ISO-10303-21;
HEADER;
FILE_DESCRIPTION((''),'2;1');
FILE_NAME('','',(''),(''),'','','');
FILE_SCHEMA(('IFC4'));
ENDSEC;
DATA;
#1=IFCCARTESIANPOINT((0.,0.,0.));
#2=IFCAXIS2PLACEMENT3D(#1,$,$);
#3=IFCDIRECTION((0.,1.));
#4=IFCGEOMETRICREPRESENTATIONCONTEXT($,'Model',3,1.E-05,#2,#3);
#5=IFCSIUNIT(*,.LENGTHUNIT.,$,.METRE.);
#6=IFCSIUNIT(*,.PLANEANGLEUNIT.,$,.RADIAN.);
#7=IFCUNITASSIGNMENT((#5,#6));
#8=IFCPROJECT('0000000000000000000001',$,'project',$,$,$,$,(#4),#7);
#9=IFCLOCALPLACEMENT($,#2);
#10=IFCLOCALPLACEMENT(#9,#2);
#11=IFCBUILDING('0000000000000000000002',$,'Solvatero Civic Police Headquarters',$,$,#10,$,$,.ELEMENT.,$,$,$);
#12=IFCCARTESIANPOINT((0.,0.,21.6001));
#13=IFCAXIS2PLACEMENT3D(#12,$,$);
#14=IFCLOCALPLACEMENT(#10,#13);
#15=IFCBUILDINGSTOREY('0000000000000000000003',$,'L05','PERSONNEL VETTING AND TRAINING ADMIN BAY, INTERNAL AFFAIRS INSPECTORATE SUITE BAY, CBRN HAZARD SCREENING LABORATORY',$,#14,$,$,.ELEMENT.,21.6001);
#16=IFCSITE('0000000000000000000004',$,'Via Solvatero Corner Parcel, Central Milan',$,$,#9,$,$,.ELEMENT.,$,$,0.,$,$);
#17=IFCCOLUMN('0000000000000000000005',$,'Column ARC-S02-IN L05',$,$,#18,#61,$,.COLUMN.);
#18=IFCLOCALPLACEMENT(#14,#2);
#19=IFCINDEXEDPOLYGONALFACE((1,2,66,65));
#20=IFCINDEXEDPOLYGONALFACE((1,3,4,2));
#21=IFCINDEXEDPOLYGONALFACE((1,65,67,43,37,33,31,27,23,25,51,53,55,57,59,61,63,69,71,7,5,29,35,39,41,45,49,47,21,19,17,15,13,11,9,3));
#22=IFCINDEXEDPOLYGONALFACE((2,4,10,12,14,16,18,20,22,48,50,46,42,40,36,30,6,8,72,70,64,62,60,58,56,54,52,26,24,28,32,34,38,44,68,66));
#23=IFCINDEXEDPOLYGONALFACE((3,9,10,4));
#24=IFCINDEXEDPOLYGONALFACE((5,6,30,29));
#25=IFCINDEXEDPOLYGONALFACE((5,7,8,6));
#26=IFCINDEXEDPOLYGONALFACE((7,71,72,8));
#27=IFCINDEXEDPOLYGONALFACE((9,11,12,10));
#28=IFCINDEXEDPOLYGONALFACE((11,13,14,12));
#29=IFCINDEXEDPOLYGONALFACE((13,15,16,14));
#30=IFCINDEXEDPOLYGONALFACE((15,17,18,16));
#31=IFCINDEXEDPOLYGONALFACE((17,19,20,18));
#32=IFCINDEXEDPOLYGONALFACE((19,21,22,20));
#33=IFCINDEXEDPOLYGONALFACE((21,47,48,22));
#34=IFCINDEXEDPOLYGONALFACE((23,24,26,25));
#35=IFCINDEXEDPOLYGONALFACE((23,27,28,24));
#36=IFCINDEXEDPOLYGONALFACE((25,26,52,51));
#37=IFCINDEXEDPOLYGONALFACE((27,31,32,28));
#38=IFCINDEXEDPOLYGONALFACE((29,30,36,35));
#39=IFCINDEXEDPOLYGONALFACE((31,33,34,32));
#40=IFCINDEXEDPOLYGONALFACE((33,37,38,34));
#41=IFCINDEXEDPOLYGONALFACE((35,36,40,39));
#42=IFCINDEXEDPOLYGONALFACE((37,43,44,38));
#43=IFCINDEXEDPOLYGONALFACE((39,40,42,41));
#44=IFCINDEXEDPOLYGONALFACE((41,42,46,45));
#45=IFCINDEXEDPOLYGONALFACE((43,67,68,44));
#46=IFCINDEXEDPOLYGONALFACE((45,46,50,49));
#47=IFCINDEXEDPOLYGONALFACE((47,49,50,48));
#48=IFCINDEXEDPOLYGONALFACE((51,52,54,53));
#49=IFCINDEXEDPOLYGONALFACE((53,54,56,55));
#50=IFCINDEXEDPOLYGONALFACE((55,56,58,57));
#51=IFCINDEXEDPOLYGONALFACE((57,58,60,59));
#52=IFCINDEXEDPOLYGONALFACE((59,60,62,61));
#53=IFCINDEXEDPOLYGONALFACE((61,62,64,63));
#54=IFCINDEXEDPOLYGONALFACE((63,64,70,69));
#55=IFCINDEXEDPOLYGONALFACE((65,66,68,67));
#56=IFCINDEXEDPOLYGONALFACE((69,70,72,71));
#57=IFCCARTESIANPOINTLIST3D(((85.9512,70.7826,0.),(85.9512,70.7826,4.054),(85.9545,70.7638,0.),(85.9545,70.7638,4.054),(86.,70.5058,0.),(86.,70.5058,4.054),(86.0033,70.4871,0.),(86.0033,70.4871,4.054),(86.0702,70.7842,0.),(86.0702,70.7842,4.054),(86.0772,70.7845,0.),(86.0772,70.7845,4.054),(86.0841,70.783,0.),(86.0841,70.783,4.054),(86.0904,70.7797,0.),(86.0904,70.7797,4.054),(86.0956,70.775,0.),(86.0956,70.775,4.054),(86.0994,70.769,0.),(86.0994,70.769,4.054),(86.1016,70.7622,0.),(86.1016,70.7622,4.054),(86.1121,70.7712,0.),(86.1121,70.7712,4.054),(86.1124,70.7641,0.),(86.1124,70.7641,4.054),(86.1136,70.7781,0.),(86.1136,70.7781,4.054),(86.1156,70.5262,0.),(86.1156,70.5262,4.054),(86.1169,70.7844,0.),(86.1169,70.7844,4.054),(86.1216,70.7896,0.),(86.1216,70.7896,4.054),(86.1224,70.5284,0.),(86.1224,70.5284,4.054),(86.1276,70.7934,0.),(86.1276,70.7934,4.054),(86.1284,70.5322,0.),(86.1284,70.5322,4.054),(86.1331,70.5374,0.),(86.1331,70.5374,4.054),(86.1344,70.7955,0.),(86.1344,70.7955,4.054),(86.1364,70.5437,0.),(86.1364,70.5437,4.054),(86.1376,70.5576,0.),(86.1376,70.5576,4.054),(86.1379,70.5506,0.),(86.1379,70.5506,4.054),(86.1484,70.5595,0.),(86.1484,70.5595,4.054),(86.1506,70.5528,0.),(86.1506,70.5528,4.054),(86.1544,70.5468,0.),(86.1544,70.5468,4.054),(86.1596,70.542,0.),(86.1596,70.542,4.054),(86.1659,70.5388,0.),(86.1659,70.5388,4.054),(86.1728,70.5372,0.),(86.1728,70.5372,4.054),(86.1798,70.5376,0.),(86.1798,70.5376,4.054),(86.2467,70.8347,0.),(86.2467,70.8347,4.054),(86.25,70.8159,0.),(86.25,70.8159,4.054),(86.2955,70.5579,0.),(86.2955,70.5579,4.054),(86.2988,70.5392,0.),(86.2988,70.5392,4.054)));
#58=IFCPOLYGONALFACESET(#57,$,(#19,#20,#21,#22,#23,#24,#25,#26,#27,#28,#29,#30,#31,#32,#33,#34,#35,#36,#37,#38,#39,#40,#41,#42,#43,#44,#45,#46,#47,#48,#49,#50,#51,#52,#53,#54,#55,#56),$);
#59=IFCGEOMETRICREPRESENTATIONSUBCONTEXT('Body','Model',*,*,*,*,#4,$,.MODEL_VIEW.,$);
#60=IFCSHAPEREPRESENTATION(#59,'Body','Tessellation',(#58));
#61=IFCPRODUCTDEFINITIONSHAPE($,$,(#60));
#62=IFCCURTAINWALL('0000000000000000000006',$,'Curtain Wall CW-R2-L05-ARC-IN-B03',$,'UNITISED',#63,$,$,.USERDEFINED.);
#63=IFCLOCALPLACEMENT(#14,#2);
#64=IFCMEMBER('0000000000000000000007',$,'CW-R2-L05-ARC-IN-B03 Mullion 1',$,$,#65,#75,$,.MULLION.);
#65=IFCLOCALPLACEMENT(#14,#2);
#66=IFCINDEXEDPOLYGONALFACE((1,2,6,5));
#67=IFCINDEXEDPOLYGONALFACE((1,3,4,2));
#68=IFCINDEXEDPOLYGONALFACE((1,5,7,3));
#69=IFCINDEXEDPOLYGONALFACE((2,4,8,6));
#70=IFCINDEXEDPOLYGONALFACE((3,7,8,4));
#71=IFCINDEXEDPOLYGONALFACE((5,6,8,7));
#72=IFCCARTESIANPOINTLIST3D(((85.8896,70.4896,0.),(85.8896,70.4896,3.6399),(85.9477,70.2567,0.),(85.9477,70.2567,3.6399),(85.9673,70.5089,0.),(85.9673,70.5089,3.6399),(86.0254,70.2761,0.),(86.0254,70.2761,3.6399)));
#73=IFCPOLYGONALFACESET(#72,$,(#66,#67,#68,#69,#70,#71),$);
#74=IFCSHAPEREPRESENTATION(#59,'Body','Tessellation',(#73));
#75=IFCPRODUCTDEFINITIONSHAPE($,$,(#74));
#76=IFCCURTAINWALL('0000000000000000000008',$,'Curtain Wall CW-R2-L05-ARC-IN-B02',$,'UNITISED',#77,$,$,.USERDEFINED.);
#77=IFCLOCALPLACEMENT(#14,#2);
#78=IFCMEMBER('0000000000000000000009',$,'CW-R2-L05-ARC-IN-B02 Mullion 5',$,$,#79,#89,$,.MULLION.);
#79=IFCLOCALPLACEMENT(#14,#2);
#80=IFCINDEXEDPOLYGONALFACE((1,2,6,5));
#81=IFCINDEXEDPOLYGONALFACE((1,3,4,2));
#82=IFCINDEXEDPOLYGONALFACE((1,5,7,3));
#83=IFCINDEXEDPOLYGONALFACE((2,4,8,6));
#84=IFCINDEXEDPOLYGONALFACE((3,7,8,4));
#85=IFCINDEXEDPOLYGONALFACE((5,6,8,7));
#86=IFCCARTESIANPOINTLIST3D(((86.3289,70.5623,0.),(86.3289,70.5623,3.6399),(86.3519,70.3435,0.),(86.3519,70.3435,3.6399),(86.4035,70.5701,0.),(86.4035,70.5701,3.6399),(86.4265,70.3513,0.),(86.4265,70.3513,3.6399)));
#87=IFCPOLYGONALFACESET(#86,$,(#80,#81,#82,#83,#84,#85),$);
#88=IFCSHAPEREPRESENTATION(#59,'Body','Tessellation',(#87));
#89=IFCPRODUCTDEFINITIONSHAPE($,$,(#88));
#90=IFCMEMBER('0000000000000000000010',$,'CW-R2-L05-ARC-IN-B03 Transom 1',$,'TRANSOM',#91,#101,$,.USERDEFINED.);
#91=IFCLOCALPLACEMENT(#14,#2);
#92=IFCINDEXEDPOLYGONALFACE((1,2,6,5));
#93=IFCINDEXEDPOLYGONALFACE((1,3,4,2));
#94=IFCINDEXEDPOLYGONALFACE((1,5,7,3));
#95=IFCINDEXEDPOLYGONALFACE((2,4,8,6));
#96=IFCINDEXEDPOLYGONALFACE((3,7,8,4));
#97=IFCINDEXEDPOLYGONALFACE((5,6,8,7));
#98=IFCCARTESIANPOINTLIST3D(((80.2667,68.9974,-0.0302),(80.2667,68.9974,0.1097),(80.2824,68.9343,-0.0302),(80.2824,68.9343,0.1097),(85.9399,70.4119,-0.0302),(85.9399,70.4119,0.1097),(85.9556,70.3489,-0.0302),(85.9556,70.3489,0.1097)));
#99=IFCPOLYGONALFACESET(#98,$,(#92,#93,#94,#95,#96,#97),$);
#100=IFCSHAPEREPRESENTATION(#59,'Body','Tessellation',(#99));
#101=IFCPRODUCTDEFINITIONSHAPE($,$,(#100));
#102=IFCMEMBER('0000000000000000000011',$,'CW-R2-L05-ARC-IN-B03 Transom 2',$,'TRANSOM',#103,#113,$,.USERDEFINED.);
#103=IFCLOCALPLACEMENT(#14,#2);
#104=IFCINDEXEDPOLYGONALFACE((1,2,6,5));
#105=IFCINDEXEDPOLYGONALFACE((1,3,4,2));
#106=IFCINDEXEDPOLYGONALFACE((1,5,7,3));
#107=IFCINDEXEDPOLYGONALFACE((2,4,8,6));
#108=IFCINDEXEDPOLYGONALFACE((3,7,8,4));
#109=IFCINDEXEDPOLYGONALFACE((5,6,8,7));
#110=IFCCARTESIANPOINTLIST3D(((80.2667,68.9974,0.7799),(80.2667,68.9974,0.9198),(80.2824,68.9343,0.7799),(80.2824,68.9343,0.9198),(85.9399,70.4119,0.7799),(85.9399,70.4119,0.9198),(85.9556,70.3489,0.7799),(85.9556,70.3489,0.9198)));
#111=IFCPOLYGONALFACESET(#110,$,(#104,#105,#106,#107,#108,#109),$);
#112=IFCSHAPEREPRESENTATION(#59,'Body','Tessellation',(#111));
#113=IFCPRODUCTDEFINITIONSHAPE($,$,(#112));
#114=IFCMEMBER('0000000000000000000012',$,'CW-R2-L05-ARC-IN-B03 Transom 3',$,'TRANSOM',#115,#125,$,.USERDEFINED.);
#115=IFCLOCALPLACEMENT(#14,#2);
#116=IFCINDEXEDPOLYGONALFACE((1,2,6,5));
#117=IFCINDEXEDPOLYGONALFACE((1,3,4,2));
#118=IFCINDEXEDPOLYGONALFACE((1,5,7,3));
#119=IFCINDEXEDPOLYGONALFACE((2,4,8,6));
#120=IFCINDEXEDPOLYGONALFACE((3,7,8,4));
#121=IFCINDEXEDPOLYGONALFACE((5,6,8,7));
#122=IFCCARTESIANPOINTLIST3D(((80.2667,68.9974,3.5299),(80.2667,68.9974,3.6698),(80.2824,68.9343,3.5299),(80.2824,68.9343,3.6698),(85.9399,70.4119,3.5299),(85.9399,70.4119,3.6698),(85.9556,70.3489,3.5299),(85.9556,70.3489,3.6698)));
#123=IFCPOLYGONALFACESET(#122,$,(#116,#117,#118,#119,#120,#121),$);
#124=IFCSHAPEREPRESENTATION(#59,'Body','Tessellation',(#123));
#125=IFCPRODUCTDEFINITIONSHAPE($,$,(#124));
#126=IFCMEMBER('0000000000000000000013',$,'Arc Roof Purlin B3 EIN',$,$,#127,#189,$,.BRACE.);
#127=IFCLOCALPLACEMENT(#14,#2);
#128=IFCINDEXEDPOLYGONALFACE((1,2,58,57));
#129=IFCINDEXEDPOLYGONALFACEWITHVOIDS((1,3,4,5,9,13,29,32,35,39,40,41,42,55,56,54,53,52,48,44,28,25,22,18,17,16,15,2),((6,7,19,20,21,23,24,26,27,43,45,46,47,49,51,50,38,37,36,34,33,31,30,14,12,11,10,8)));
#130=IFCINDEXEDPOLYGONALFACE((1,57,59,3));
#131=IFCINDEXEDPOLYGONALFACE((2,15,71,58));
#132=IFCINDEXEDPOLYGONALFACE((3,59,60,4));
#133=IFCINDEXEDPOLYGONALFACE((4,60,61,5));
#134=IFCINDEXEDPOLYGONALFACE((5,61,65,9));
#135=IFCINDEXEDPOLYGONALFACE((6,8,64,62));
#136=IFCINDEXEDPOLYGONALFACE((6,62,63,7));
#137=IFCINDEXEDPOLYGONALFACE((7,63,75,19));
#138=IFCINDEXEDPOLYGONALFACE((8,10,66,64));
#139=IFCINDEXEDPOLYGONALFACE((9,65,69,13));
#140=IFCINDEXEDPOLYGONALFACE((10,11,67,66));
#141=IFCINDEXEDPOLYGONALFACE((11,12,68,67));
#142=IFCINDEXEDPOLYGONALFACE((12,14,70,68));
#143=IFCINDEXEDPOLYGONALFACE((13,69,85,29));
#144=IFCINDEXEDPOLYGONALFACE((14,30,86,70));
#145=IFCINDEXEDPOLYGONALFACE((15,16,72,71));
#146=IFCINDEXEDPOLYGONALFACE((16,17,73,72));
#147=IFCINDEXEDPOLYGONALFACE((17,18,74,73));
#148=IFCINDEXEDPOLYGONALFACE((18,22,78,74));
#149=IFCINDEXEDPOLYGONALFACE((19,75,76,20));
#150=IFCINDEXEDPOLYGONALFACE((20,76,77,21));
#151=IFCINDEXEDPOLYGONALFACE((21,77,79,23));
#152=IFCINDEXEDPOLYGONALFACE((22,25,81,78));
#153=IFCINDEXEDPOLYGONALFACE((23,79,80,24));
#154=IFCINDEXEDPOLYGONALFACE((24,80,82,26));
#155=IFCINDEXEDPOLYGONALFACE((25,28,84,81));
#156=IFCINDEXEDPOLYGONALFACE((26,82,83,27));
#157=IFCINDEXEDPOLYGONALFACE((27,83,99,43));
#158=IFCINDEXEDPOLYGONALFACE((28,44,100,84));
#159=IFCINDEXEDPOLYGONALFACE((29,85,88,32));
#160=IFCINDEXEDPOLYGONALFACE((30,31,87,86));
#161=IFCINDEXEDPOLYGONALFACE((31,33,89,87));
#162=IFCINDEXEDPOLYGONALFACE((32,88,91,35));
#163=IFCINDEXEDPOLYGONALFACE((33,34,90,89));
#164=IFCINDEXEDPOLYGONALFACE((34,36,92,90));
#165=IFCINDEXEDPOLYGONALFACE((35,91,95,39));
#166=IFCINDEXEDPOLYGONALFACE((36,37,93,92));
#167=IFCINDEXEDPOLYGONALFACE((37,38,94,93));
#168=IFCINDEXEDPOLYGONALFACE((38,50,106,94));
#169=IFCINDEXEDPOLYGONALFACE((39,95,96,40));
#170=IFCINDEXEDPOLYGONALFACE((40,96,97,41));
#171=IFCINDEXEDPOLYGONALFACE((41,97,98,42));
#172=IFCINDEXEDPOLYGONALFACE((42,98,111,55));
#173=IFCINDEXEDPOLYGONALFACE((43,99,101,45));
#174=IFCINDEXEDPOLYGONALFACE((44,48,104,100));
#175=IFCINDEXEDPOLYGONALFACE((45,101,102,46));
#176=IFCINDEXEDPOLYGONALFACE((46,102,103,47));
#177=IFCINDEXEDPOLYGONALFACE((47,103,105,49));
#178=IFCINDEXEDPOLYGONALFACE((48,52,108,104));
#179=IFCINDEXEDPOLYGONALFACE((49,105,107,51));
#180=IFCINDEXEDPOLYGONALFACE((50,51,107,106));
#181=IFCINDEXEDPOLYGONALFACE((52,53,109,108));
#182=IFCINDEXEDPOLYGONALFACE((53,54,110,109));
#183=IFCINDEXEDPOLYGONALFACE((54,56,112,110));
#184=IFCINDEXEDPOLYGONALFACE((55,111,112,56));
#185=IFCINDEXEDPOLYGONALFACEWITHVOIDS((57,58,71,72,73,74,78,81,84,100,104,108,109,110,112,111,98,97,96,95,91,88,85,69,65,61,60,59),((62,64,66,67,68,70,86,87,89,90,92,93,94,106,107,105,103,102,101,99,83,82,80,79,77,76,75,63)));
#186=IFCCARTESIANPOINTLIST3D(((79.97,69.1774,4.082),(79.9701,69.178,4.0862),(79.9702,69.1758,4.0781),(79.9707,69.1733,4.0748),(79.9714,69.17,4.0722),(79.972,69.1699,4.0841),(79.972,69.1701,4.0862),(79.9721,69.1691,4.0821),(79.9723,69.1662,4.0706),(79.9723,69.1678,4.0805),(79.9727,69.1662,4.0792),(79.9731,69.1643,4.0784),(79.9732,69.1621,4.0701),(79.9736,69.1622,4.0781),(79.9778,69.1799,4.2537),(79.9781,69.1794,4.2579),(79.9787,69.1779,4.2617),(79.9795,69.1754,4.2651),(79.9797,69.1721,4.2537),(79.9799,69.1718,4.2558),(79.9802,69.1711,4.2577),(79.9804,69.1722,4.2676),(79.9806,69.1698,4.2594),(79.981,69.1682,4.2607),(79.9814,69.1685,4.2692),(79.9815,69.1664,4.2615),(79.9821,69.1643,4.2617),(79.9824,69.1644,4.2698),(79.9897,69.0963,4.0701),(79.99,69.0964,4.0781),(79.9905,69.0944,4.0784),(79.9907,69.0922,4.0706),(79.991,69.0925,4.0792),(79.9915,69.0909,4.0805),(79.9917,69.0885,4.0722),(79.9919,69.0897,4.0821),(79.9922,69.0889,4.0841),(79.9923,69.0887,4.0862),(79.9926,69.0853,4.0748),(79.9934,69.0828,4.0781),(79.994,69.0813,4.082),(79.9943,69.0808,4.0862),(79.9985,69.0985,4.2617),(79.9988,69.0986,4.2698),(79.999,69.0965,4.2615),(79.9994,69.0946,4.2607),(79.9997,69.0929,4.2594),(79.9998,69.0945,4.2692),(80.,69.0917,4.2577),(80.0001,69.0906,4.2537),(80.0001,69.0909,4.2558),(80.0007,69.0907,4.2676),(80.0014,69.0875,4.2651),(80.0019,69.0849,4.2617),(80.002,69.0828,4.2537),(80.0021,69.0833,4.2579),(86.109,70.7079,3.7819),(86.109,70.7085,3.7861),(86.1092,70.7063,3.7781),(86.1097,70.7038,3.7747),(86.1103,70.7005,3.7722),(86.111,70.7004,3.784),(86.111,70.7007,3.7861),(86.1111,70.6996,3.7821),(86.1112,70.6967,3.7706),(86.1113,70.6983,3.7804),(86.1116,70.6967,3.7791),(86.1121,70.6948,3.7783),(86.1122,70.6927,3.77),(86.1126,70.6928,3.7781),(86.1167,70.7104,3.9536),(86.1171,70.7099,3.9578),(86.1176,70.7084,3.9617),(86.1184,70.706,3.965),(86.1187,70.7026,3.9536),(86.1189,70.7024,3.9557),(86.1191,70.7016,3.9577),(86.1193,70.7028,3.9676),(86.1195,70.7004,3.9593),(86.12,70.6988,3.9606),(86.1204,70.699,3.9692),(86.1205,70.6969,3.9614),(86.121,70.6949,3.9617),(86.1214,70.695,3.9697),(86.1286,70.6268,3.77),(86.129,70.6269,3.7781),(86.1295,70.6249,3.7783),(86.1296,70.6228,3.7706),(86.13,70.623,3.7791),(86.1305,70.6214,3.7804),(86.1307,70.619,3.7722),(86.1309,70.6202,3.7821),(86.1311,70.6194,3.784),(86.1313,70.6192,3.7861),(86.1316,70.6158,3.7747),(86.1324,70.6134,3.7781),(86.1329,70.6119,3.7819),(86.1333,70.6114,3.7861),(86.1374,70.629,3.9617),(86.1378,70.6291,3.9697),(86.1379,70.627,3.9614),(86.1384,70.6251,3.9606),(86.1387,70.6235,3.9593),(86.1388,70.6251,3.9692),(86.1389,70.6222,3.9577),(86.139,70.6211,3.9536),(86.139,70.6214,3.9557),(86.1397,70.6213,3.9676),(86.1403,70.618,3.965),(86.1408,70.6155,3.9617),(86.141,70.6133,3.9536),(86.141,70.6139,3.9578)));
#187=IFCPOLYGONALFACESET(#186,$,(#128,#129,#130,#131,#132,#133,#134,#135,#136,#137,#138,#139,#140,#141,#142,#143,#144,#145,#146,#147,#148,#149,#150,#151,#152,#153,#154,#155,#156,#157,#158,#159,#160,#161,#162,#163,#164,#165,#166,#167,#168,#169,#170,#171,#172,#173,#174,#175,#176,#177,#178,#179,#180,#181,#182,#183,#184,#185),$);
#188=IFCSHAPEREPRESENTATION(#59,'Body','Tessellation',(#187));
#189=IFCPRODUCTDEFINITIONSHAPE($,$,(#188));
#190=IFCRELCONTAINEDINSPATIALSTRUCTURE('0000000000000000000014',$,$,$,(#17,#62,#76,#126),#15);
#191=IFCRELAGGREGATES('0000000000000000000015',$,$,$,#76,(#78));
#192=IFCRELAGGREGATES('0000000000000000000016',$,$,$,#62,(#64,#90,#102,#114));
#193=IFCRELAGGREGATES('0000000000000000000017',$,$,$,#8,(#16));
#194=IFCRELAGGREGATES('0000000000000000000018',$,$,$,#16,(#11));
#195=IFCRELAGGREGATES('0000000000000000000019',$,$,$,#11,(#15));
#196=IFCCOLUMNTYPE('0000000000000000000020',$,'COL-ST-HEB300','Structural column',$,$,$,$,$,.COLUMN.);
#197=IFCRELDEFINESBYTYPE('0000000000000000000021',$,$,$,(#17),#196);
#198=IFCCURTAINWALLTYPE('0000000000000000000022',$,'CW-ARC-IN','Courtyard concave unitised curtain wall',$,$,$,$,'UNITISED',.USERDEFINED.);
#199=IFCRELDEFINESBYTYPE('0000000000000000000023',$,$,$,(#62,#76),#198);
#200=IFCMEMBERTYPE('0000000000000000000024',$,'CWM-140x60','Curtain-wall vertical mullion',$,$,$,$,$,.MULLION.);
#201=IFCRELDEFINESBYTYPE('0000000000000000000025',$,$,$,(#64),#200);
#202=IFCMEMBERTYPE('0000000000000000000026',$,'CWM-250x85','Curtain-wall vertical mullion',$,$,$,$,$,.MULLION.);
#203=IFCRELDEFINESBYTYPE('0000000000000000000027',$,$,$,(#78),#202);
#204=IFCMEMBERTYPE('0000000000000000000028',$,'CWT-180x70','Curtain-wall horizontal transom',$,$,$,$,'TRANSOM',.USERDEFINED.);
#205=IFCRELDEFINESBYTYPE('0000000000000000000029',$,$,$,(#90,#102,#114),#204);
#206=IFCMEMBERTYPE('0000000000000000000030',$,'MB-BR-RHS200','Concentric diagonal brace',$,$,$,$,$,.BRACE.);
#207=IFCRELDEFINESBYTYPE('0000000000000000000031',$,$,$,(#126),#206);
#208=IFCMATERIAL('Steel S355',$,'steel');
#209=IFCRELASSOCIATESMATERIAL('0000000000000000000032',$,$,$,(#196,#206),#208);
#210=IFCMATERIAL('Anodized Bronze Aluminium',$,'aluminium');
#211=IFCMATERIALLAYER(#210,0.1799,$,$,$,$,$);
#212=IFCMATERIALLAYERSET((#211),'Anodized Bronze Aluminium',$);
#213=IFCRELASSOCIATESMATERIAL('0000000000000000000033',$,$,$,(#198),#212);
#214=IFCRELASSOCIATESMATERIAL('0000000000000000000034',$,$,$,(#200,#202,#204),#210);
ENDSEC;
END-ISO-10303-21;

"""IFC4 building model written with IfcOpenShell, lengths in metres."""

from ifc_helpers import new_model, si_unit, direction, frame, origin, origin_2d, place, context, subcontext, project, spatial, rectangle, hollow_rectangle, i_section, extrude, material, layer, layer_set, material_profile, profile_set, type_object, element, aggregate, save


model = new_model("IFC4")

# Units and contexts
model_context = context("Model", 3, precision=1e-05, world=origin(), true_north=direction((0.0, 1.0)))
body_context = subcontext(model_context, "Body", "Model", "MODEL_VIEW")
ifc_project = project(units=[si_unit("LENGTHUNIT", "METRE"), si_unit("PLANEANGLEUNIT", "RADIAN")], contexts=[model_context])

# Site, building, storey
site_placement = place(None, origin())
site = spatial("IfcSite", under=ifc_project, at=site_placement, Name="Via Solvatero Corner Parcel, Central Milan", CompositionType="ELEMENT", RefElevation=0.0)
building_placement = place(site_placement, origin())
building = spatial("IfcBuilding", under=site, at=building_placement, Name="Solvatero Civic Police Headquarters", CompositionType="ELEMENT")
storey_placement = place(building_placement, frame((0.0, 0.0, 21.6001)))
storey = spatial("IfcBuildingStorey", under=building, at=storey_placement, Name="L05", Description="PERSONNEL VETTING AND TRAINING ADMIN BAY, INTERNAL AFFAIRS INSPECTORATE SUITE BAY, CBRN HAZARD SCREENING LABORATORY", CompositionType="ELEMENT", Elevation=21.6001)

# Column
ifc_material_1 = material(Name="Steel S355", Category="steel")
ifc_material_profile_1 = material_profile(ifc_material_1, i_section(OverallWidth=0.3, OverallDepth=0.3, WebThickness=0.011, FlangeThickness=0.019, FilletRadius=0.0271, at=origin_2d()), Name="HEB 300")
ifc_profile_set_1 = profile_set([ifc_material_profile_1], Name="Steel S355")
column_type = type_object("IfcColumnType", Name="COL-ST-HEB300", Description="Structural column", PredefinedType="COLUMN", material=ifc_profile_set_1)
column_placement = place(storey_placement, frame((86.125, 70.6609, 0.0), z_axis=(0.0, 0.0, 1.0), x_axis=(0.984808, 0.173648, 0.0)))
element("IfcColumn", 1, at=column_placement, inside=storey, type_object=column_type, Name="Column ARC-S02-IN L05", PredefinedType="COLUMN", context=body_context, shape_type="SweptSolid", body=[
    extrude(i_section(OverallWidth=0.3, OverallDepth=0.3, WebThickness=0.011, FlangeThickness=0.019, FilletRadius=0.0271, at=origin_2d()), origin(), (0.0, 0.0, 1.0), 4.054),
])

# Curtain walls, members
ifc_material_2 = material(Name="Anodized Bronze Aluminium", Category="aluminium")
ifc_layer_1 = layer(ifc_material_2, 0.1799)
ifc_layer_set_1 = layer_set([ifc_layer_1], Name="Anodized Bronze Aluminium")
curtain_wall_type = type_object("IfcCurtainWallType", Name="CW-ARC-IN", Description="Courtyard concave unitised curtain wall", ElementType="UNITISED", PredefinedType="USERDEFINED", material=ifc_layer_set_1)
curtain_wall_1_placement = place(storey_placement, origin())
curtain_wall_1 = element("IfcCurtainWall", 2, at=curtain_wall_1_placement, inside=storey, type_object=curtain_wall_type, Name="Curtain Wall CW-R2-L05-ARC-IN-B03", ObjectType="UNITISED", PredefinedType="USERDEFINED")
ifc_material_profile_2 = material_profile(ifc_material_2, rectangle(XDim=0.0801, YDim=0.24, at=origin_2d()), Name="ALU MULLION 80x240")
ifc_profile_set_2 = profile_set([ifc_material_profile_2], Name="Anodized Bronze Aluminium")
member_type_1 = type_object("IfcMemberType", Name="CWM-140x60", Description="Curtain-wall vertical mullion", PredefinedType="MULLION", material=ifc_profile_set_2)
member_1_placement = place(storey_placement, frame((85.9575, 70.3828, 0.0), z_axis=(0.0, 0.0, 1.0), x_axis=(-0.9703, -0.241905, 0.0)))
member_1 = element("IfcMember", 3, at=member_1_placement, type_object=member_type_1, Name="CW-R2-L05-ARC-IN-B03 Mullion 1", PredefinedType="MULLION", context=body_context, shape_type="SweptSolid", body=[
    extrude(rectangle(XDim=0.0801, YDim=0.24, at=origin_2d()), origin(), (0.0, 0.0, 1.0), 3.6399),
])
curtain_wall_2_placement = place(storey_placement, origin())
curtain_wall_2 = element("IfcCurtainWall", 4, at=curtain_wall_2_placement, inside=storey, type_object=curtain_wall_type, Name="Curtain Wall CW-R2-L05-ARC-IN-B02", ObjectType="UNITISED", PredefinedType="USERDEFINED")
ifc_material_profile_3 = material_profile(ifc_material_2, rectangle(XDim=0.075, YDim=0.22, at=origin_2d()), Name="ALU MULLION 75x220")
ifc_profile_set_3 = profile_set([ifc_material_profile_3], Name="Anodized Bronze Aluminium")
member_type_2 = type_object("IfcMemberType", Name="CWM-250x85", Description="Curtain-wall vertical mullion", PredefinedType="MULLION", material=ifc_profile_set_3)
member_2_placement = place(storey_placement, frame((86.3777, 70.4568, 0.0), z_axis=(0.0, 0.0, 1.0), x_axis=(-0.994522, -0.104528, 0.0)))
member_2 = element("IfcMember", 5, at=member_2_placement, type_object=member_type_2, Name="CW-R2-L05-ARC-IN-B02 Mullion 5", PredefinedType="MULLION", context=body_context, shape_type="SweptSolid", body=[
    extrude(rectangle(XDim=0.075, YDim=0.22, at=origin_2d()), origin(), (0.0, 0.0, 1.0), 3.6399),
])
aggregate(curtain_wall_2, [member_2])

# Members
ifc_material_profile_4 = material_profile(ifc_material_2, rectangle(XDim=0.0649, YDim=0.1399, at=origin_2d()), Name="ALU TRANSOM 65x140")
ifc_profile_set_4 = profile_set([ifc_material_profile_4], Name="Anodized Bronze Aluminium")
member_type_3 = type_object("IfcMemberType", Name="CWT-180x70", Description="Curtain-wall horizontal transom", ElementType="TRANSOM", PredefinedType="USERDEFINED", material=ifc_profile_set_4)
member_3_placement = place(storey_placement, frame((85.9478, 70.3804, 0.0398), z_axis=(-0.970295, -0.241926, 0.0), x_axis=(0.241926, -0.970295, 0.0)))
member_3 = element("IfcMember", 6, at=member_3_placement, type_object=member_type_3, Name="CW-R2-L05-ARC-IN-B03 Transom 1", ObjectType="TRANSOM", PredefinedType="USERDEFINED", context=body_context, shape_type="SweptSolid", body=[
    extrude(rectangle(XDim=0.0649, YDim=0.1399, at=origin_2d()), origin(), (0.0, 0.0, 1.0), 5.8469),
])
member_4_placement = place(storey_placement, frame((85.9478, 70.3804, 0.8499), z_axis=(-0.970295, -0.241926, 0.0), x_axis=(0.241926, -0.970295, 0.0)))
member_4 = element("IfcMember", 7, at=member_4_placement, type_object=member_type_3, Name="CW-R2-L05-ARC-IN-B03 Transom 2", ObjectType="TRANSOM", PredefinedType="USERDEFINED", context=body_context, shape_type="SweptSolid", body=[
    extrude(rectangle(XDim=0.0649, YDim=0.1399, at=origin_2d()), origin(), (0.0, 0.0, 1.0), 5.8469),
])
member_5_placement = place(storey_placement, frame((85.9478, 70.3804, 3.5999), z_axis=(-0.970295, -0.241926, 0.0), x_axis=(0.241926, -0.970295, 0.0)))
member_5 = element("IfcMember", 8, at=member_5_placement, type_object=member_type_3, Name="CW-R2-L05-ARC-IN-B03 Transom 3", ObjectType="TRANSOM", PredefinedType="USERDEFINED", context=body_context, shape_type="SweptSolid", body=[
    extrude(rectangle(XDim=0.0649, YDim=0.1399, at=origin_2d()), origin(), (0.0, 0.0, 1.0), 5.8469),
])
ifc_material_profile_5 = material_profile(ifc_material_1, hollow_rectangle(XDim=0.1001, YDim=0.2, WallThickness=0.0081, InnerFilletRadius=0.0081, OuterFilletRadius=0.0161, at=origin_2d()), Name="RHS 200x100x8.0")
ifc_profile_set_5 = profile_set([ifc_material_profile_5], Name="Steel S355")
member_type_4 = type_object("IfcMemberType", Name="MB-BR-RHS200", Description="Concentric diagonal brace", PredefinedType="BRACE", material=ifc_profile_set_5)
member_6_placement = place(storey_placement, frame((86.125, 70.6609, 3.8699), z_axis=(-0.96921, -0.241638, 0.047372), x_axis=(0.241909, -0.970299, 0.0)))
element("IfcMember", 9, at=member_6_placement, inside=storey, type_object=member_type_4, Name="Arc Roof Purlin B3 EIN", PredefinedType="BRACE", context=body_context, shape_type="SweptSolid", body=[
    extrude(hollow_rectangle(XDim=0.1001, YDim=0.2, WallThickness=0.0081, InnerFilletRadius=0.0081, OuterFilletRadius=0.0161, at=origin_2d()), origin(), (0.0, 0.0, 1.0), 6.334),
])

aggregate(curtain_wall_1, [member_1, member_3, member_4, member_5])

save(model, "model.ifc")
